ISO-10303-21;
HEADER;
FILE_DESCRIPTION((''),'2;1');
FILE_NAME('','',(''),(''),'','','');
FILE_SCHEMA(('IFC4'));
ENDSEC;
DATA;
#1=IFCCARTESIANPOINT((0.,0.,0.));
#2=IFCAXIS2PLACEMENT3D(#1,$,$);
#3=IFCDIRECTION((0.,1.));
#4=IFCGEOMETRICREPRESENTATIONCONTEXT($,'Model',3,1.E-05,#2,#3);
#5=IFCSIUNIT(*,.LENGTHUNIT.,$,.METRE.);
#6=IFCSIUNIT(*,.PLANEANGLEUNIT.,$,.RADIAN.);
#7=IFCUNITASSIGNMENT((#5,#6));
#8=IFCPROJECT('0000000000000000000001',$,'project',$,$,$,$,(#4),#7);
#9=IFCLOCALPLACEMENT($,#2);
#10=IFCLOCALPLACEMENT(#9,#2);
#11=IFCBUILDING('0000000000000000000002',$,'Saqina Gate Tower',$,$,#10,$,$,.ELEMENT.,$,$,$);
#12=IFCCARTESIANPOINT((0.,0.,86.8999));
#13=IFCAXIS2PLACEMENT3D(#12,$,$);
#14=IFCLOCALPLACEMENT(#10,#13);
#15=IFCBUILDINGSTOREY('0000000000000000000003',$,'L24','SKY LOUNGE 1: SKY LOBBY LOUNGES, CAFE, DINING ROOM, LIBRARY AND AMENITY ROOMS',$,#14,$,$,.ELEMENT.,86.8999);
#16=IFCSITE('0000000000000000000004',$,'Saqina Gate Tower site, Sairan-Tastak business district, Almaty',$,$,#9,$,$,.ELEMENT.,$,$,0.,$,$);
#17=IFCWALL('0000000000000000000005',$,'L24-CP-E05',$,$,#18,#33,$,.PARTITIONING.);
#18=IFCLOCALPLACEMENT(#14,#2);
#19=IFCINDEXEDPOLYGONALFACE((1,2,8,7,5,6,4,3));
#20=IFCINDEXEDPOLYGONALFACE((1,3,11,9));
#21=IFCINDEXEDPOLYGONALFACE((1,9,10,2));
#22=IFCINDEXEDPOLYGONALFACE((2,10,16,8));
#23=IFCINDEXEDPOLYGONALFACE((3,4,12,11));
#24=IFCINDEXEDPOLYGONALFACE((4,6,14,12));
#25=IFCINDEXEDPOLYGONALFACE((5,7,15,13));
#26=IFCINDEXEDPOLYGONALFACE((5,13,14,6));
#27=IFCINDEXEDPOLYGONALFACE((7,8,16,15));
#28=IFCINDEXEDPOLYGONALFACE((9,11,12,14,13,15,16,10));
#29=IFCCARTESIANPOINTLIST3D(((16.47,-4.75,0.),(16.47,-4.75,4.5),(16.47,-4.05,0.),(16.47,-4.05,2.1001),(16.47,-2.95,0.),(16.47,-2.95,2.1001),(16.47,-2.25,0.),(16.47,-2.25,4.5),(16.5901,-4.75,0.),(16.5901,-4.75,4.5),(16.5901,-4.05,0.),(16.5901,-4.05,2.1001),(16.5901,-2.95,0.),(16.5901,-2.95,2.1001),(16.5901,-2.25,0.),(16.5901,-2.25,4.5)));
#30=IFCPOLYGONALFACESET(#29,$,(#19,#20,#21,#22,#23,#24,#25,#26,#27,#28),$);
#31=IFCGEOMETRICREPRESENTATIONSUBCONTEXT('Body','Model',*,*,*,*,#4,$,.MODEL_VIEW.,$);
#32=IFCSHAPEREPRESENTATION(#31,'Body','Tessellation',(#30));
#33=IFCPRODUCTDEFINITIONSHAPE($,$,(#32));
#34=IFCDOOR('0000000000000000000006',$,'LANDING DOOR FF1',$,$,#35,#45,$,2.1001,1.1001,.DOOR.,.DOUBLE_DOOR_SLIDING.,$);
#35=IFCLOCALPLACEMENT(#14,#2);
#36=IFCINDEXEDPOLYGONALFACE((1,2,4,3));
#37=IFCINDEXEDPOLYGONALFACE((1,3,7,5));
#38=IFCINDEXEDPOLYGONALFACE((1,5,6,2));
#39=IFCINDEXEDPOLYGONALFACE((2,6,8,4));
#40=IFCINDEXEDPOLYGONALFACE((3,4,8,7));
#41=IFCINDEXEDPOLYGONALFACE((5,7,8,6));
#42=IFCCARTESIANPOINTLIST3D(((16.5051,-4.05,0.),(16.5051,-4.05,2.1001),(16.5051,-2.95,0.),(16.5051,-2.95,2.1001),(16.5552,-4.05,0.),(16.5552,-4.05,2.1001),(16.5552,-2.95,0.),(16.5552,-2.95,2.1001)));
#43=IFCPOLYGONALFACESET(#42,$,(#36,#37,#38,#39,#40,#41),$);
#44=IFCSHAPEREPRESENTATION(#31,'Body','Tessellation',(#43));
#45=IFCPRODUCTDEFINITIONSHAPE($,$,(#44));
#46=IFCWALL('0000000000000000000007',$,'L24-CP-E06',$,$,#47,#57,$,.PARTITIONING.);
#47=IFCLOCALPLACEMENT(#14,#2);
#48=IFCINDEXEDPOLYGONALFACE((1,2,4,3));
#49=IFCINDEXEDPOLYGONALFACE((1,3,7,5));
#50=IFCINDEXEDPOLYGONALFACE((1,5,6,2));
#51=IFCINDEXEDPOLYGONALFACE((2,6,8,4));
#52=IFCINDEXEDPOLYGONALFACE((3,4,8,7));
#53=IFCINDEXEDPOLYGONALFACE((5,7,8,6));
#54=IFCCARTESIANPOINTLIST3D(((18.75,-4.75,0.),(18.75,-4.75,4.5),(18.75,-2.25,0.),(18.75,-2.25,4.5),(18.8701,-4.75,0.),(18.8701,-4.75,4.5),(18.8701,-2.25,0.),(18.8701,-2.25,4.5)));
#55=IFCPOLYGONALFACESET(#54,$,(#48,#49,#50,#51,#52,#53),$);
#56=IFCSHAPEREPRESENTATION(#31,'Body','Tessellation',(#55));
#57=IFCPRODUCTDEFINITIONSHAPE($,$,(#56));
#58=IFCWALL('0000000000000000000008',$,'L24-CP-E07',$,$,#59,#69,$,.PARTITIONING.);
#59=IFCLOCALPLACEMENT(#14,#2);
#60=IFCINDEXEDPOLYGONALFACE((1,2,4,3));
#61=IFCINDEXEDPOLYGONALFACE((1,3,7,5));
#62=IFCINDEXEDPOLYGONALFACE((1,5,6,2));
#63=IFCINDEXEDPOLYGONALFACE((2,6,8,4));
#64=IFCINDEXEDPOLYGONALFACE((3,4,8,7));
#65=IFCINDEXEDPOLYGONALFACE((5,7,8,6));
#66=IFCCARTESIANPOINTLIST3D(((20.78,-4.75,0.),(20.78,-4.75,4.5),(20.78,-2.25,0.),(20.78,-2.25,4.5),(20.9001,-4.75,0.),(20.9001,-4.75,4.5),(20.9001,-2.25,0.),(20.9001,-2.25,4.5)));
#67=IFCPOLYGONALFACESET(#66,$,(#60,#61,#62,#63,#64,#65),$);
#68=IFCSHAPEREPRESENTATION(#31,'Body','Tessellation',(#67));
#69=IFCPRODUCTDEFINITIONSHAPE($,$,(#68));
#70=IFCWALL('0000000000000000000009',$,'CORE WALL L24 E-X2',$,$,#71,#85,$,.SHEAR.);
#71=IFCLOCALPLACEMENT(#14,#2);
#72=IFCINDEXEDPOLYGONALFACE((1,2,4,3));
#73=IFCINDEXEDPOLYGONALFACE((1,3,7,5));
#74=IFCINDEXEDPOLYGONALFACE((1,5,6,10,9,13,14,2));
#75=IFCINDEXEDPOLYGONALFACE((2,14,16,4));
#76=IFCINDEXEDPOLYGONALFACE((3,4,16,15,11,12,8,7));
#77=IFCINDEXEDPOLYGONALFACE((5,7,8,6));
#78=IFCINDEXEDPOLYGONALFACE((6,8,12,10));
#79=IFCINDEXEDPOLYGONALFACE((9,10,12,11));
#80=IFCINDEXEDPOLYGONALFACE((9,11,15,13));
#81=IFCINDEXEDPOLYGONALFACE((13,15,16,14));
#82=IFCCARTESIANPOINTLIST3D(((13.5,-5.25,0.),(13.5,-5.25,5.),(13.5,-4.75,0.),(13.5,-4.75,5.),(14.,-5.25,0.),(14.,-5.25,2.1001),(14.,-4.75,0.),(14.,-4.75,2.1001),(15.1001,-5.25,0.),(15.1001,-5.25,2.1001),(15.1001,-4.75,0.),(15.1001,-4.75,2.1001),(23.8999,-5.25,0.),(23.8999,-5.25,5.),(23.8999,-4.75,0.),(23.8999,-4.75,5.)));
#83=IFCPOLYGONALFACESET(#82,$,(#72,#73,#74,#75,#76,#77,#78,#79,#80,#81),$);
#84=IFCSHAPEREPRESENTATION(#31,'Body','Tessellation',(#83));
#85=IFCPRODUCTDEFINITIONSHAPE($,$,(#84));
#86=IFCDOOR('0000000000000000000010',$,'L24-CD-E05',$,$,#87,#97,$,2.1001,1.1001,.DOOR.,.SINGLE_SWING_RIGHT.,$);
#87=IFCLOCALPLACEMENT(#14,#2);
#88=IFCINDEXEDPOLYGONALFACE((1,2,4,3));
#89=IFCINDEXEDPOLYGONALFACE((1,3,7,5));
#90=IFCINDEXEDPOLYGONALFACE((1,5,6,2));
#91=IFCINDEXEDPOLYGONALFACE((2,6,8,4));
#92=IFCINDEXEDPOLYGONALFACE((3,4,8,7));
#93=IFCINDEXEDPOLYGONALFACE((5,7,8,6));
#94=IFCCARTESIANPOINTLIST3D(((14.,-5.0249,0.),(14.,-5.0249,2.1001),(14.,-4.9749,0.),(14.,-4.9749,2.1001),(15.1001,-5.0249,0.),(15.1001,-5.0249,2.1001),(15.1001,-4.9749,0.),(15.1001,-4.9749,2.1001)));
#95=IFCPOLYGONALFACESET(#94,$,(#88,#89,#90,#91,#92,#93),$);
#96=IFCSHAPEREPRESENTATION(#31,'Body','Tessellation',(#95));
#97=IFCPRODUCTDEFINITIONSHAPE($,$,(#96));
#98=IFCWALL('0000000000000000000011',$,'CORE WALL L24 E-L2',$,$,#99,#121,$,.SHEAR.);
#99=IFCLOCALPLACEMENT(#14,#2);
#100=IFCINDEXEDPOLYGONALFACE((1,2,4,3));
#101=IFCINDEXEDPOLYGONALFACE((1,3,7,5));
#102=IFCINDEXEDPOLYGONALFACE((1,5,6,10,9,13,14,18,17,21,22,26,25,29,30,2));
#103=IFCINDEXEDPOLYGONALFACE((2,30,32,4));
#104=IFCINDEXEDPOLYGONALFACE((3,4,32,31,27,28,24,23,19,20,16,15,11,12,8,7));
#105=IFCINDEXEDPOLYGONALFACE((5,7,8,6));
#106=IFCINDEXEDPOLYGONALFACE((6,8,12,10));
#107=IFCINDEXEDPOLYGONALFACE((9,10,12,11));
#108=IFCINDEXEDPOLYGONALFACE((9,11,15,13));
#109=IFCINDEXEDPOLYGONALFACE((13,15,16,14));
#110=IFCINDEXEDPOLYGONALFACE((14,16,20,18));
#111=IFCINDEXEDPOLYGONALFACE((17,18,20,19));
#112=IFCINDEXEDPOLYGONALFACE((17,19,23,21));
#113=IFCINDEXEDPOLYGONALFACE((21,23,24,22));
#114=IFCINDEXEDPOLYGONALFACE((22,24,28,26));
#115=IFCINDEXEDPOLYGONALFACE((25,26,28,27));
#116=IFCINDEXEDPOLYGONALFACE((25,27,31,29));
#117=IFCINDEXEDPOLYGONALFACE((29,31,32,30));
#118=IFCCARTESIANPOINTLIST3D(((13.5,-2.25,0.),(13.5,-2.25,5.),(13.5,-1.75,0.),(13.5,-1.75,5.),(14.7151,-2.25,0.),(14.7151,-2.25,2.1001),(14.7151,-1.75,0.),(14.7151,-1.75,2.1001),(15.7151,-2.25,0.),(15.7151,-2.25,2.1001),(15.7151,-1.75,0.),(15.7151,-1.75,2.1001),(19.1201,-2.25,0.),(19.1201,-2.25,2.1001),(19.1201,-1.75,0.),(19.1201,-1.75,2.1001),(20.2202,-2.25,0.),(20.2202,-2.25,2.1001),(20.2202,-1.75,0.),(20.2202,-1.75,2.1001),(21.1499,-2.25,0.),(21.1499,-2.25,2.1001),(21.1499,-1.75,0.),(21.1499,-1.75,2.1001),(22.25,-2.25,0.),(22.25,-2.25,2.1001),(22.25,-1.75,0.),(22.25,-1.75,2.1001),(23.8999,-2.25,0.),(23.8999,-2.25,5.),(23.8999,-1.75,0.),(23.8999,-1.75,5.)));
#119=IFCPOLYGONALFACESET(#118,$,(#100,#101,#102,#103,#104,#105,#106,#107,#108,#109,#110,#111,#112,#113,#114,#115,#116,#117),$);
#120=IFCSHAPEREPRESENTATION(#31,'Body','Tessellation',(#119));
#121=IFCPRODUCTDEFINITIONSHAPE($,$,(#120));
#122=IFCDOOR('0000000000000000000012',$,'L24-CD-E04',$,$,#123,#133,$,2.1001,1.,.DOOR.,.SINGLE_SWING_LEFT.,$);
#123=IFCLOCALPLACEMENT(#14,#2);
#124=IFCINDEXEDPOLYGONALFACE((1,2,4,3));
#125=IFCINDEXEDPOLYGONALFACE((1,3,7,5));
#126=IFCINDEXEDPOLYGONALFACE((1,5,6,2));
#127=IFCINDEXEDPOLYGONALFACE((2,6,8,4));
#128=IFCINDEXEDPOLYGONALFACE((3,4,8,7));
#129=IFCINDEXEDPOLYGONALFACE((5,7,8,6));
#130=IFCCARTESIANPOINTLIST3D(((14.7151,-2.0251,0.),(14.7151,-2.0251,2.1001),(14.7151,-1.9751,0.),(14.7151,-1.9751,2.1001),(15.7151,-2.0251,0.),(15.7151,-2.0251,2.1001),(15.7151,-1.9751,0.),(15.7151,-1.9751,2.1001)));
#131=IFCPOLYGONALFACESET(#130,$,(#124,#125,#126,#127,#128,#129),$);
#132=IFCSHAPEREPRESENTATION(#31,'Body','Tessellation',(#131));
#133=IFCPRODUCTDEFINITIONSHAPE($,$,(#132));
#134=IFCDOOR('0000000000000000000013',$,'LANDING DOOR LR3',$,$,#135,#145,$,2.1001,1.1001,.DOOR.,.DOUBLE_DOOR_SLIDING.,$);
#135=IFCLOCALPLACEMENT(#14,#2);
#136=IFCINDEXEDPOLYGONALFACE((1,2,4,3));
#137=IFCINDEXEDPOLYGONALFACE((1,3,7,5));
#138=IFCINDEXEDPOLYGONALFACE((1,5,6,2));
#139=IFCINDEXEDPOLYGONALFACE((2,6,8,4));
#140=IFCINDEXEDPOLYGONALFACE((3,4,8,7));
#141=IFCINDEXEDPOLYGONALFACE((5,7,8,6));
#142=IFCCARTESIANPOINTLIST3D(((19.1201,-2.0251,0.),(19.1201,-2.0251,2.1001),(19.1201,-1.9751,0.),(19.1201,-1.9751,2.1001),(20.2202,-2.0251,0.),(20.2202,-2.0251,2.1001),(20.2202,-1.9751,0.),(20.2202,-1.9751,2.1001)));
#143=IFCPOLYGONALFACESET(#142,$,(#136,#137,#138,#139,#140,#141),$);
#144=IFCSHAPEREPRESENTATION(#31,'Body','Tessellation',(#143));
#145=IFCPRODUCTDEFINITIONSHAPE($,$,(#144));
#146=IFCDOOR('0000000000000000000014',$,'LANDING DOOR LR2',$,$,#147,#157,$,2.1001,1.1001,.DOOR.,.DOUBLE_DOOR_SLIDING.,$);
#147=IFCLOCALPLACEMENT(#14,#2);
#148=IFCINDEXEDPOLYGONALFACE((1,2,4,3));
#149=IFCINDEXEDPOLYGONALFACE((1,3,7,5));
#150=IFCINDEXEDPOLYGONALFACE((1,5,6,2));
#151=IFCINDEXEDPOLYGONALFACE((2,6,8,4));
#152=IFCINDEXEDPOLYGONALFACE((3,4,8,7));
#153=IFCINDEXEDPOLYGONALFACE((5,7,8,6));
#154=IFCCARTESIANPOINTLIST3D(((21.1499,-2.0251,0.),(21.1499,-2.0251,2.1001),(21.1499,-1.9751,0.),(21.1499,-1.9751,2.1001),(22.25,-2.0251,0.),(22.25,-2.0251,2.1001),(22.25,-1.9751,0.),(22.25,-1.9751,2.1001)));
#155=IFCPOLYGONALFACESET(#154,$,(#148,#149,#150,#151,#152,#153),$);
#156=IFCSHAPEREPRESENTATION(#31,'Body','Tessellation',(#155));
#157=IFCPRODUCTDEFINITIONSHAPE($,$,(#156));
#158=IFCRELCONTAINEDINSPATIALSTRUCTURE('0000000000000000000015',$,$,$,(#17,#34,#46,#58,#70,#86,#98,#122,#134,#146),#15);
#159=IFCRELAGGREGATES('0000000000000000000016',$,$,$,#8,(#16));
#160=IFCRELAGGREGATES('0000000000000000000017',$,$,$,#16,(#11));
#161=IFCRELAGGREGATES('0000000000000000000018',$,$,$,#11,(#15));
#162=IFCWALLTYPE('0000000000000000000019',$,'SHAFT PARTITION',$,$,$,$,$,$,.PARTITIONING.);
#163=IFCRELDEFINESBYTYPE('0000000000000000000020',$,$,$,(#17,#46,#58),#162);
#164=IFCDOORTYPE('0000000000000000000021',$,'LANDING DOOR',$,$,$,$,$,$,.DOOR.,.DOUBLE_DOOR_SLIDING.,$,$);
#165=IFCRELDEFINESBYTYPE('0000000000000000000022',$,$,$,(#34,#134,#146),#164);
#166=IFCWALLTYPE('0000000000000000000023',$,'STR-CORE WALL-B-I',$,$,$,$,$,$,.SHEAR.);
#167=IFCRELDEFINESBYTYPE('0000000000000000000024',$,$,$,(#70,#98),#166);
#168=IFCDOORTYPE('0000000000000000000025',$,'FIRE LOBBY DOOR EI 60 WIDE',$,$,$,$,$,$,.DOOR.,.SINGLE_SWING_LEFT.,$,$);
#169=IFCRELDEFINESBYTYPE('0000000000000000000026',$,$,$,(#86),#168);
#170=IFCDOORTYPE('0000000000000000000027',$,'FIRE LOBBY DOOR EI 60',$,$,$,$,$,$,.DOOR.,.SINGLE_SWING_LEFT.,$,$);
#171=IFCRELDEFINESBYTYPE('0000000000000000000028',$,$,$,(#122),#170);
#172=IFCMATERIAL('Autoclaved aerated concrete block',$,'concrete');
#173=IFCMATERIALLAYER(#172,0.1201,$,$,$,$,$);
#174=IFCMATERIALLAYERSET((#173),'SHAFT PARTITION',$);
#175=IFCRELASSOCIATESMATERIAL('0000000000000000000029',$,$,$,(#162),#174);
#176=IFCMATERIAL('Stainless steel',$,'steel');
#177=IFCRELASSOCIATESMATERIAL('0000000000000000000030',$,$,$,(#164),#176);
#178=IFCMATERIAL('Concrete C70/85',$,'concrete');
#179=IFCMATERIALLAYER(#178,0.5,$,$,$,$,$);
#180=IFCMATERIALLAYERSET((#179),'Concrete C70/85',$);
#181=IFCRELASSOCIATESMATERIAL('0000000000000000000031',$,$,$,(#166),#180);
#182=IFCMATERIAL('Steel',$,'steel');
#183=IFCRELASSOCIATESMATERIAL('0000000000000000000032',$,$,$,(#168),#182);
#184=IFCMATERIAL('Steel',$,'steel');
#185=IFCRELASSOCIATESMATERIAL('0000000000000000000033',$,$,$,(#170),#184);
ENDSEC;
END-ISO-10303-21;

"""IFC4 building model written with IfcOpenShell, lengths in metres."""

from ifc_helpers import new_model, si_unit, direction, frame, frame_2d, origin, place, context, subcontext, project, spatial, rectangle, extrude, material, layer, layer_set, type_object, element, fill, save


model = new_model("IFC4")

# Units and contexts
model_context = context("Model", 3, precision=1e-05, world=origin(), true_north=direction((0.0, 1.0)))
body_context = subcontext(model_context, "Body", "Model", "MODEL_VIEW")
ifc_project = project(units=[si_unit("LENGTHUNIT", "METRE"), si_unit("PLANEANGLEUNIT", "RADIAN")], contexts=[model_context])

# Site, building, storey
site_placement = place(None, origin())
site = spatial("IfcSite", under=ifc_project, at=site_placement, Name="Saqina Gate Tower site, Sairan-Tastak business district, Almaty", CompositionType="ELEMENT", RefElevation=0.0)
building_placement = place(site_placement, origin())
building = spatial("IfcBuilding", under=site, at=building_placement, Name="Saqina Gate Tower", CompositionType="ELEMENT")
storey_placement = place(building_placement, frame((0.0, 0.0, 86.8999)))
storey = spatial("IfcBuildingStorey", under=building, at=storey_placement, Name="L24", Description="SKY LOUNGE 1: SKY LOBBY LOUNGES, CAFE, DINING ROOM, LIBRARY AND AMENITY ROOMS", CompositionType="ELEMENT", Elevation=86.8999)

# Wall, opening, door
ifc_material_1 = material(Name="Autoclaved aerated concrete block", Category="concrete")
ifc_layer_1 = layer(ifc_material_1, 0.1201)
ifc_layer_set_1 = layer_set([ifc_layer_1], Name="SHAFT PARTITION")
wall_type_1 = type_object("IfcWallType", Name="SHAFT PARTITION", PredefinedType="PARTITIONING", material=ifc_layer_set_1)
wall_1_placement = place(storey_placement, frame((16.53, -4.75, 0.0), z_axis=(0.0, 0.0, 1.0), x_axis=(0.0, 1.0, 0.0)))
wall_1 = element("IfcWall", 1, at=wall_1_placement, inside=storey, type_object=wall_type_1, Name="L24-CP-E05", PredefinedType="PARTITIONING", context=body_context, shape_type="SweptSolid", body=[
    extrude(rectangle(XDim=2.5, YDim=0.1201, at=frame_2d((1.25, 0.0))), origin(), (0.0, 0.0, 1.0), 4.5),
])
opening_1_placement = place(wall_1_placement, frame((0.7, 0.0, 0.0)))
opening_1 = element("IfcOpeningElement", 2, at=opening_1_placement, cuts=wall_1, PredefinedType="OPENING", context=body_context, shape_type="SweptSolid", body=[
    extrude(rectangle(XDim=1.1001, YDim=2.1001, at=frame_2d((0.55, 1.05))), frame((0.0, 0.072, 0.0), z_axis=(0.0, -1.0, 0.0), x_axis=(1.0, 0.0, 0.0)), (0.0, 0.0, 1.0), 0.144),
])
ifc_material_2 = material(Name="Stainless steel", Category="steel")
door_type_1 = type_object("IfcDoorType", Name="LANDING DOOR", OperationType="DOUBLE_DOOR_SLIDING", PredefinedType="DOOR", material=ifc_material_2)
door_1_placement = place(opening_1_placement, origin())
door_1 = element("IfcDoor", 3, at=door_1_placement, inside=storey, type_object=door_type_1, Name="LANDING DOOR FF1", OperationType="DOUBLE_DOOR_SLIDING", OverallHeight=2.1001, OverallWidth=1.1001, PredefinedType="DOOR", context=body_context, shape_type="SweptSolid", body=[
    extrude(rectangle(XDim=1.1001, YDim=2.1001, at=frame_2d((0.55, 1.05))), frame((0.0, 0.0249, 0.0), z_axis=(0.0, -1.0, 0.0), x_axis=(1.0, 0.0, 0.0)), (0.0, 0.0, 1.0), 0.05),
])
fill(opening_1, door_1)

# Walls
for number, where, z_axis, x_axis, name in (
    (4, (18.8101, -4.75, 0.0), (0.0, 0.0, 1.0), (0.0, 1.0, 0.0), "L24-CP-E06"),
    (5, (20.8401, -4.75, 0.0), (0.0, 0.0, 1.0), (0.0, 1.0, 0.0), "L24-CP-E07"),
):
    element("IfcWall", number, at=place(storey_placement, frame(where, z_axis=z_axis, x_axis=x_axis)), inside=storey, type_object=wall_type_1, Name=name, PredefinedType="PARTITIONING", context=body_context, shape_type="SweptSolid", body=[
        extrude(rectangle(XDim=2.5, YDim=0.1201, at=frame_2d((1.25, 0.0))), origin(), (0.0, 0.0, 1.0), 4.5),
    ])

# Wall, opening, door
ifc_material_3 = material(Name="Concrete C70/85", Category="concrete")
ifc_layer_2 = layer(ifc_material_3, 0.5)
ifc_layer_set_2 = layer_set([ifc_layer_2], Name="Concrete C70/85")
wall_type_2 = type_object("IfcWallType", Name="STR-CORE WALL-B-I", PredefinedType="SHEAR", material=ifc_layer_set_2)
wall_2_placement = place(storey_placement, frame((13.5, -5.0, 0.0), z_axis=(0.0, 0.0, 1.0), x_axis=(1.0, 0.0, 0.0)))
wall_2 = element("IfcWall", 6, at=wall_2_placement, inside=storey, type_object=wall_type_2, Name="CORE WALL L24 E-X2", PredefinedType="SHEAR", context=body_context, shape_type="SweptSolid", body=[
    extrude(rectangle(XDim=10.3999, YDim=0.5, at=frame_2d((5.2, 0.0))), origin(), (0.0, 0.0, 1.0), 5.0),
])
opening_2_placement = place(wall_2_placement, frame((0.5, 0.0, 0.0)))
opening_2 = element("IfcOpeningElement", 7, at=opening_2_placement, cuts=wall_2, PredefinedType="OPENING", context=body_context, shape_type="SweptSolid", body=[
    extrude(rectangle(XDim=1.1001, YDim=2.1001, at=frame_2d((0.55, 1.05))), frame((0.0, 0.262, 0.0), z_axis=(0.0, -1.0, 0.0), x_axis=(1.0, 0.0, 0.0)), (0.0, 0.0, 1.0), 0.5239),
])
ifc_material_4 = material(Name="Steel", Category="steel")
door_type_2 = type_object("IfcDoorType", Name="FIRE LOBBY DOOR EI 60 WIDE", OperationType="SINGLE_SWING_LEFT", PredefinedType="DOOR", material=ifc_material_4)
door_2_placement = place(opening_2_placement, frame((1.1001, 0.0, 0.0), z_axis=(0.0, 0.0, 1.0), x_axis=(-1.0, 0.0, 0.0)))
door_2 = element("IfcDoor", 8, at=door_2_placement, inside=storey, type_object=door_type_2, Name="L24-CD-E05", OperationType="SINGLE_SWING_RIGHT", OverallHeight=2.1001, OverallWidth=1.1001, PredefinedType="DOOR", context=body_context, shape_type="SweptSolid", body=[
    extrude(rectangle(XDim=1.1001, YDim=2.1001, at=frame_2d((0.55, 1.05))), frame((0.0, 0.0249, 0.0), z_axis=(0.0, -1.0, 0.0), x_axis=(1.0, 0.0, 0.0)), (0.0, 0.0, 1.0), 0.05),
])
fill(opening_2, door_2)

# Wall, openings, doors
wall_3_placement = place(storey_placement, frame((13.5, -2.0, 0.0), z_axis=(0.0, 0.0, 1.0), x_axis=(1.0, 0.0, 0.0)))
wall_3 = element("IfcWall", 9, at=wall_3_placement, inside=storey, type_object=wall_type_2, Name="CORE WALL L24 E-L2", PredefinedType="SHEAR", context=body_context, shape_type="SweptSolid", body=[
    extrude(rectangle(XDim=10.3999, YDim=0.5, at=frame_2d((5.2, 0.0))), origin(), (0.0, 0.0, 1.0), 5.0),
])
opening_3_placement = place(wall_3_placement, frame((5.6201, 0.0, 0.0)))
opening_3 = element("IfcOpeningElement", 10, at=opening_3_placement, cuts=wall_3, PredefinedType="OPENING", context=body_context, shape_type="SweptSolid", body=[
    extrude(rectangle(XDim=1.1001, YDim=2.1001, at=frame_2d((0.55, 1.05))), frame((0.0, 0.262, 0.0), z_axis=(0.0, -1.0, 0.0), x_axis=(1.0, 0.0, 0.0)), (0.0, 0.0, 1.0), 0.5239),
])
opening_4_placement = place(wall_3_placement, frame((7.6499, 0.0, 0.0)))
opening_4 = element("IfcOpeningElement", 11, at=opening_4_placement, cuts=wall_3, PredefinedType="OPENING", context=body_context, shape_type="SweptSolid", body=[
    extrude(rectangle(XDim=1.1001, YDim=2.1001, at=frame_2d((0.55, 1.05))), frame((0.0, 0.262, 0.0), z_axis=(0.0, -1.0, 0.0), x_axis=(1.0, 0.0, 0.0)), (0.0, 0.0, 1.0), 0.5239),
])
opening_5_placement = place(wall_3_placement, frame((1.2151, 0.0, 0.0)))
opening_5 = element("IfcOpeningElement", 12, at=opening_5_placement, cuts=wall_3, PredefinedType="OPENING", context=body_context, shape_type="SweptSolid", body=[
    extrude(rectangle(XDim=1.0, YDim=2.1001, at=frame_2d((0.5, 1.05))), frame((0.0, 0.262, 0.0), z_axis=(0.0, -1.0, 0.0), x_axis=(1.0, 0.0, 0.0)), (0.0, 0.0, 1.0), 0.5239),
])
ifc_material_5 = material(Name="Steel", Category="steel")
door_type_3 = type_object("IfcDoorType", Name="FIRE LOBBY DOOR EI 60", OperationType="SINGLE_SWING_LEFT", PredefinedType="DOOR", material=ifc_material_5)
door_3_placement = place(opening_5_placement, origin())
door_3 = element("IfcDoor", 13, at=door_3_placement, inside=storey, type_object=door_type_3, Name="L24-CD-E04", OperationType="SINGLE_SWING_LEFT", OverallHeight=2.1001, OverallWidth=1.0, PredefinedType="DOOR", context=body_context, shape_type="SweptSolid", body=[
    extrude(rectangle(XDim=1.0, YDim=2.1001, at=frame_2d((0.5, 1.05))), frame((0.0, 0.0249, 0.0), z_axis=(0.0, -1.0, 0.0), x_axis=(1.0, 0.0, 0.0)), (0.0, 0.0, 1.0), 0.05),
])
fill(opening_5, door_3)
door_4_placement = place(opening_3_placement, origin())
door_4 = element("IfcDoor", 14, at=door_4_placement, inside=storey, type_object=door_type_1, Name="LANDING DOOR LR3", OperationType="DOUBLE_DOOR_SLIDING", OverallHeight=2.1001, OverallWidth=1.1001, PredefinedType="DOOR", context=body_context, shape_type="SweptSolid", body=[
    extrude(rectangle(XDim=1.1001, YDim=2.1001, at=frame_2d((0.55, 1.05))), frame((0.0, 0.0249, 0.0), z_axis=(0.0, -1.0, 0.0), x_axis=(1.0, 0.0, 0.0)), (0.0, 0.0, 1.0), 0.05),
])
fill(opening_3, door_4)
door_5_placement = place(opening_4_placement, origin())
door_5 = element("IfcDoor", 15, at=door_5_placement, inside=storey, type_object=door_type_1, Name="LANDING DOOR LR2", OperationType="DOUBLE_DOOR_SLIDING", OverallHeight=2.1001, OverallWidth=1.1001, PredefinedType="DOOR", context=body_context, shape_type="SweptSolid", body=[
    extrude(rectangle(XDim=1.1001, YDim=2.1001, at=frame_2d((0.55, 1.05))), frame((0.0, 0.0249, 0.0), z_axis=(0.0, -1.0, 0.0), x_axis=(1.0, 0.0, 0.0)), (0.0, 0.0, 1.0), 0.05),
])
fill(opening_4, door_5)

save(model, "model.ifc")
